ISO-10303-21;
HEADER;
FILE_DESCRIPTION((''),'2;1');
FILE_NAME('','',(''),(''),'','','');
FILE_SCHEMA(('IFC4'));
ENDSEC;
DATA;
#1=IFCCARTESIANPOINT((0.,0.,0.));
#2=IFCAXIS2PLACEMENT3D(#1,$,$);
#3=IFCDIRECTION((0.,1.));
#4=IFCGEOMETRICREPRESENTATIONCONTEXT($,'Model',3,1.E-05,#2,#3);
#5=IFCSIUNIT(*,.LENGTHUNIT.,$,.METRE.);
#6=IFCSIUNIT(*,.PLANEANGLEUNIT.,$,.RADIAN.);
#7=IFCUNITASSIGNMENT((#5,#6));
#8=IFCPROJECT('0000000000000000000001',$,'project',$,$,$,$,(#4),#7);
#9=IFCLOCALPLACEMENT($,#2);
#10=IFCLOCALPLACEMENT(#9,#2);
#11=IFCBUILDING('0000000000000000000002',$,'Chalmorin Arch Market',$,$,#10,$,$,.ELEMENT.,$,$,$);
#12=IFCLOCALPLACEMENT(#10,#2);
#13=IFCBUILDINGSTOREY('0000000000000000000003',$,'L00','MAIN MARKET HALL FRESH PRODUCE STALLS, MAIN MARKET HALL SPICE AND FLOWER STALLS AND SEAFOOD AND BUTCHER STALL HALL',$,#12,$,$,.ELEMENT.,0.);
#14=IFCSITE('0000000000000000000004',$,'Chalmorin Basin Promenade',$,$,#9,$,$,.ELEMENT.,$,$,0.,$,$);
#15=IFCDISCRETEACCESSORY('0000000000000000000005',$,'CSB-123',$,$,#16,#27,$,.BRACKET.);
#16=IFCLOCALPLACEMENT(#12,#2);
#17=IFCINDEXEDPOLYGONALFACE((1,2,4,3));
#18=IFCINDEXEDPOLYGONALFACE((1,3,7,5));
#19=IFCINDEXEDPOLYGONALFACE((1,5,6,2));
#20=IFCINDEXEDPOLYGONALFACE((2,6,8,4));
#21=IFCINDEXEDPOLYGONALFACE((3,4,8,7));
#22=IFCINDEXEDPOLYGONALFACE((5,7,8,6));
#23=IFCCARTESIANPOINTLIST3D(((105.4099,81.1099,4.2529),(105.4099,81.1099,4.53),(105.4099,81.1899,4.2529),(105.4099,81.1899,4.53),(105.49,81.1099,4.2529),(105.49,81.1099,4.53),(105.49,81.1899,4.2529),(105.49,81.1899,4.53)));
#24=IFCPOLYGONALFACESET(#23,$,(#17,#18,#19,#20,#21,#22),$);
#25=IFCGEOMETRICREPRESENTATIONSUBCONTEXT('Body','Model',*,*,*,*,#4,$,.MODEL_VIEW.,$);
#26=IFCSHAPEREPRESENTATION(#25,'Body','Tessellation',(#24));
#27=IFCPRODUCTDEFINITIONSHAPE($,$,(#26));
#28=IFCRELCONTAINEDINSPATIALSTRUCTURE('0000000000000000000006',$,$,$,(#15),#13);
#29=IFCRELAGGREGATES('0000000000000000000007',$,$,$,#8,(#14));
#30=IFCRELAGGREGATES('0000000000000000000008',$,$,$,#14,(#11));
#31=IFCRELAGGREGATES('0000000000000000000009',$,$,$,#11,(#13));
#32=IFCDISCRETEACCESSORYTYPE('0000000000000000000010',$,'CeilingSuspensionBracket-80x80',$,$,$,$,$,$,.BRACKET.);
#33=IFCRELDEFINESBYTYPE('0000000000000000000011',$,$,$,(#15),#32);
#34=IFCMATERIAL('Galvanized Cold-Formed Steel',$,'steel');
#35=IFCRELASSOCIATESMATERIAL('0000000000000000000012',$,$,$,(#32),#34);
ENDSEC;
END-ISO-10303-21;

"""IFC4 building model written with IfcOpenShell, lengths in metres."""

from ifc_helpers import new_model, si_unit, direction, frame, origin, origin_2d, place, context, subcontext, project, spatial, rectangle, extrude, material, type_object, element, save


model = new_model("IFC4")

# Units and contexts
model_context = context("Model", 3, precision=1e-05, world=origin(), true_north=direction((0.0, 1.0)))
body_context = subcontext(model_context, "Body", "Model", "MODEL_VIEW")
ifc_project = project(units=[si_unit("LENGTHUNIT", "METRE"), si_unit("PLANEANGLEUNIT", "RADIAN")], contexts=[model_context])

# Site, building, storey
site_placement = place(None, origin())
site = spatial("IfcSite", under=ifc_project, at=site_placement, Name="Chalmorin Basin Promenade", CompositionType="ELEMENT", RefElevation=0.0)
building_placement = place(site_placement, origin())
building = spatial("IfcBuilding", under=site, at=building_placement, Name="Chalmorin Arch Market", CompositionType="ELEMENT")
storey_placement = place(building_placement, origin())
storey = spatial("IfcBuildingStorey", under=building, at=storey_placement, Name="L00", Description="MAIN MARKET HALL FRESH PRODUCE STALLS, MAIN MARKET HALL SPICE AND FLOWER STALLS AND SEAFOOD AND BUTCHER STALL HALL", CompositionType="ELEMENT", Elevation=0.0)

# Discrete accessory
ifc_material_1 = material(Name="Galvanized Cold-Formed Steel", Category="steel")
discrete_accessory_type = type_object("IfcDiscreteAccessoryType", Name="CeilingSuspensionBracket-80x80", PredefinedType="BRACKET", material=ifc_material_1)
discrete_accessory_placement = place(storey_placement, frame((105.45, 81.1499, 4.2529), z_axis=(0.0, 0.0, 1.0), x_axis=(1.0, 0.0, 0.0)))
element("IfcDiscreteAccessory", 1, at=discrete_accessory_placement, inside=storey, type_object=discrete_accessory_type, Name="CSB-123", PredefinedType="BRACKET", context=body_context, shape_type="SweptSolid", body=[
    extrude(rectangle(XDim=0.0801, YDim=0.0801, at=origin_2d()), origin(), (0.0, 0.0, 1.0), 0.2771),
])

save(model, "model.ifc")
